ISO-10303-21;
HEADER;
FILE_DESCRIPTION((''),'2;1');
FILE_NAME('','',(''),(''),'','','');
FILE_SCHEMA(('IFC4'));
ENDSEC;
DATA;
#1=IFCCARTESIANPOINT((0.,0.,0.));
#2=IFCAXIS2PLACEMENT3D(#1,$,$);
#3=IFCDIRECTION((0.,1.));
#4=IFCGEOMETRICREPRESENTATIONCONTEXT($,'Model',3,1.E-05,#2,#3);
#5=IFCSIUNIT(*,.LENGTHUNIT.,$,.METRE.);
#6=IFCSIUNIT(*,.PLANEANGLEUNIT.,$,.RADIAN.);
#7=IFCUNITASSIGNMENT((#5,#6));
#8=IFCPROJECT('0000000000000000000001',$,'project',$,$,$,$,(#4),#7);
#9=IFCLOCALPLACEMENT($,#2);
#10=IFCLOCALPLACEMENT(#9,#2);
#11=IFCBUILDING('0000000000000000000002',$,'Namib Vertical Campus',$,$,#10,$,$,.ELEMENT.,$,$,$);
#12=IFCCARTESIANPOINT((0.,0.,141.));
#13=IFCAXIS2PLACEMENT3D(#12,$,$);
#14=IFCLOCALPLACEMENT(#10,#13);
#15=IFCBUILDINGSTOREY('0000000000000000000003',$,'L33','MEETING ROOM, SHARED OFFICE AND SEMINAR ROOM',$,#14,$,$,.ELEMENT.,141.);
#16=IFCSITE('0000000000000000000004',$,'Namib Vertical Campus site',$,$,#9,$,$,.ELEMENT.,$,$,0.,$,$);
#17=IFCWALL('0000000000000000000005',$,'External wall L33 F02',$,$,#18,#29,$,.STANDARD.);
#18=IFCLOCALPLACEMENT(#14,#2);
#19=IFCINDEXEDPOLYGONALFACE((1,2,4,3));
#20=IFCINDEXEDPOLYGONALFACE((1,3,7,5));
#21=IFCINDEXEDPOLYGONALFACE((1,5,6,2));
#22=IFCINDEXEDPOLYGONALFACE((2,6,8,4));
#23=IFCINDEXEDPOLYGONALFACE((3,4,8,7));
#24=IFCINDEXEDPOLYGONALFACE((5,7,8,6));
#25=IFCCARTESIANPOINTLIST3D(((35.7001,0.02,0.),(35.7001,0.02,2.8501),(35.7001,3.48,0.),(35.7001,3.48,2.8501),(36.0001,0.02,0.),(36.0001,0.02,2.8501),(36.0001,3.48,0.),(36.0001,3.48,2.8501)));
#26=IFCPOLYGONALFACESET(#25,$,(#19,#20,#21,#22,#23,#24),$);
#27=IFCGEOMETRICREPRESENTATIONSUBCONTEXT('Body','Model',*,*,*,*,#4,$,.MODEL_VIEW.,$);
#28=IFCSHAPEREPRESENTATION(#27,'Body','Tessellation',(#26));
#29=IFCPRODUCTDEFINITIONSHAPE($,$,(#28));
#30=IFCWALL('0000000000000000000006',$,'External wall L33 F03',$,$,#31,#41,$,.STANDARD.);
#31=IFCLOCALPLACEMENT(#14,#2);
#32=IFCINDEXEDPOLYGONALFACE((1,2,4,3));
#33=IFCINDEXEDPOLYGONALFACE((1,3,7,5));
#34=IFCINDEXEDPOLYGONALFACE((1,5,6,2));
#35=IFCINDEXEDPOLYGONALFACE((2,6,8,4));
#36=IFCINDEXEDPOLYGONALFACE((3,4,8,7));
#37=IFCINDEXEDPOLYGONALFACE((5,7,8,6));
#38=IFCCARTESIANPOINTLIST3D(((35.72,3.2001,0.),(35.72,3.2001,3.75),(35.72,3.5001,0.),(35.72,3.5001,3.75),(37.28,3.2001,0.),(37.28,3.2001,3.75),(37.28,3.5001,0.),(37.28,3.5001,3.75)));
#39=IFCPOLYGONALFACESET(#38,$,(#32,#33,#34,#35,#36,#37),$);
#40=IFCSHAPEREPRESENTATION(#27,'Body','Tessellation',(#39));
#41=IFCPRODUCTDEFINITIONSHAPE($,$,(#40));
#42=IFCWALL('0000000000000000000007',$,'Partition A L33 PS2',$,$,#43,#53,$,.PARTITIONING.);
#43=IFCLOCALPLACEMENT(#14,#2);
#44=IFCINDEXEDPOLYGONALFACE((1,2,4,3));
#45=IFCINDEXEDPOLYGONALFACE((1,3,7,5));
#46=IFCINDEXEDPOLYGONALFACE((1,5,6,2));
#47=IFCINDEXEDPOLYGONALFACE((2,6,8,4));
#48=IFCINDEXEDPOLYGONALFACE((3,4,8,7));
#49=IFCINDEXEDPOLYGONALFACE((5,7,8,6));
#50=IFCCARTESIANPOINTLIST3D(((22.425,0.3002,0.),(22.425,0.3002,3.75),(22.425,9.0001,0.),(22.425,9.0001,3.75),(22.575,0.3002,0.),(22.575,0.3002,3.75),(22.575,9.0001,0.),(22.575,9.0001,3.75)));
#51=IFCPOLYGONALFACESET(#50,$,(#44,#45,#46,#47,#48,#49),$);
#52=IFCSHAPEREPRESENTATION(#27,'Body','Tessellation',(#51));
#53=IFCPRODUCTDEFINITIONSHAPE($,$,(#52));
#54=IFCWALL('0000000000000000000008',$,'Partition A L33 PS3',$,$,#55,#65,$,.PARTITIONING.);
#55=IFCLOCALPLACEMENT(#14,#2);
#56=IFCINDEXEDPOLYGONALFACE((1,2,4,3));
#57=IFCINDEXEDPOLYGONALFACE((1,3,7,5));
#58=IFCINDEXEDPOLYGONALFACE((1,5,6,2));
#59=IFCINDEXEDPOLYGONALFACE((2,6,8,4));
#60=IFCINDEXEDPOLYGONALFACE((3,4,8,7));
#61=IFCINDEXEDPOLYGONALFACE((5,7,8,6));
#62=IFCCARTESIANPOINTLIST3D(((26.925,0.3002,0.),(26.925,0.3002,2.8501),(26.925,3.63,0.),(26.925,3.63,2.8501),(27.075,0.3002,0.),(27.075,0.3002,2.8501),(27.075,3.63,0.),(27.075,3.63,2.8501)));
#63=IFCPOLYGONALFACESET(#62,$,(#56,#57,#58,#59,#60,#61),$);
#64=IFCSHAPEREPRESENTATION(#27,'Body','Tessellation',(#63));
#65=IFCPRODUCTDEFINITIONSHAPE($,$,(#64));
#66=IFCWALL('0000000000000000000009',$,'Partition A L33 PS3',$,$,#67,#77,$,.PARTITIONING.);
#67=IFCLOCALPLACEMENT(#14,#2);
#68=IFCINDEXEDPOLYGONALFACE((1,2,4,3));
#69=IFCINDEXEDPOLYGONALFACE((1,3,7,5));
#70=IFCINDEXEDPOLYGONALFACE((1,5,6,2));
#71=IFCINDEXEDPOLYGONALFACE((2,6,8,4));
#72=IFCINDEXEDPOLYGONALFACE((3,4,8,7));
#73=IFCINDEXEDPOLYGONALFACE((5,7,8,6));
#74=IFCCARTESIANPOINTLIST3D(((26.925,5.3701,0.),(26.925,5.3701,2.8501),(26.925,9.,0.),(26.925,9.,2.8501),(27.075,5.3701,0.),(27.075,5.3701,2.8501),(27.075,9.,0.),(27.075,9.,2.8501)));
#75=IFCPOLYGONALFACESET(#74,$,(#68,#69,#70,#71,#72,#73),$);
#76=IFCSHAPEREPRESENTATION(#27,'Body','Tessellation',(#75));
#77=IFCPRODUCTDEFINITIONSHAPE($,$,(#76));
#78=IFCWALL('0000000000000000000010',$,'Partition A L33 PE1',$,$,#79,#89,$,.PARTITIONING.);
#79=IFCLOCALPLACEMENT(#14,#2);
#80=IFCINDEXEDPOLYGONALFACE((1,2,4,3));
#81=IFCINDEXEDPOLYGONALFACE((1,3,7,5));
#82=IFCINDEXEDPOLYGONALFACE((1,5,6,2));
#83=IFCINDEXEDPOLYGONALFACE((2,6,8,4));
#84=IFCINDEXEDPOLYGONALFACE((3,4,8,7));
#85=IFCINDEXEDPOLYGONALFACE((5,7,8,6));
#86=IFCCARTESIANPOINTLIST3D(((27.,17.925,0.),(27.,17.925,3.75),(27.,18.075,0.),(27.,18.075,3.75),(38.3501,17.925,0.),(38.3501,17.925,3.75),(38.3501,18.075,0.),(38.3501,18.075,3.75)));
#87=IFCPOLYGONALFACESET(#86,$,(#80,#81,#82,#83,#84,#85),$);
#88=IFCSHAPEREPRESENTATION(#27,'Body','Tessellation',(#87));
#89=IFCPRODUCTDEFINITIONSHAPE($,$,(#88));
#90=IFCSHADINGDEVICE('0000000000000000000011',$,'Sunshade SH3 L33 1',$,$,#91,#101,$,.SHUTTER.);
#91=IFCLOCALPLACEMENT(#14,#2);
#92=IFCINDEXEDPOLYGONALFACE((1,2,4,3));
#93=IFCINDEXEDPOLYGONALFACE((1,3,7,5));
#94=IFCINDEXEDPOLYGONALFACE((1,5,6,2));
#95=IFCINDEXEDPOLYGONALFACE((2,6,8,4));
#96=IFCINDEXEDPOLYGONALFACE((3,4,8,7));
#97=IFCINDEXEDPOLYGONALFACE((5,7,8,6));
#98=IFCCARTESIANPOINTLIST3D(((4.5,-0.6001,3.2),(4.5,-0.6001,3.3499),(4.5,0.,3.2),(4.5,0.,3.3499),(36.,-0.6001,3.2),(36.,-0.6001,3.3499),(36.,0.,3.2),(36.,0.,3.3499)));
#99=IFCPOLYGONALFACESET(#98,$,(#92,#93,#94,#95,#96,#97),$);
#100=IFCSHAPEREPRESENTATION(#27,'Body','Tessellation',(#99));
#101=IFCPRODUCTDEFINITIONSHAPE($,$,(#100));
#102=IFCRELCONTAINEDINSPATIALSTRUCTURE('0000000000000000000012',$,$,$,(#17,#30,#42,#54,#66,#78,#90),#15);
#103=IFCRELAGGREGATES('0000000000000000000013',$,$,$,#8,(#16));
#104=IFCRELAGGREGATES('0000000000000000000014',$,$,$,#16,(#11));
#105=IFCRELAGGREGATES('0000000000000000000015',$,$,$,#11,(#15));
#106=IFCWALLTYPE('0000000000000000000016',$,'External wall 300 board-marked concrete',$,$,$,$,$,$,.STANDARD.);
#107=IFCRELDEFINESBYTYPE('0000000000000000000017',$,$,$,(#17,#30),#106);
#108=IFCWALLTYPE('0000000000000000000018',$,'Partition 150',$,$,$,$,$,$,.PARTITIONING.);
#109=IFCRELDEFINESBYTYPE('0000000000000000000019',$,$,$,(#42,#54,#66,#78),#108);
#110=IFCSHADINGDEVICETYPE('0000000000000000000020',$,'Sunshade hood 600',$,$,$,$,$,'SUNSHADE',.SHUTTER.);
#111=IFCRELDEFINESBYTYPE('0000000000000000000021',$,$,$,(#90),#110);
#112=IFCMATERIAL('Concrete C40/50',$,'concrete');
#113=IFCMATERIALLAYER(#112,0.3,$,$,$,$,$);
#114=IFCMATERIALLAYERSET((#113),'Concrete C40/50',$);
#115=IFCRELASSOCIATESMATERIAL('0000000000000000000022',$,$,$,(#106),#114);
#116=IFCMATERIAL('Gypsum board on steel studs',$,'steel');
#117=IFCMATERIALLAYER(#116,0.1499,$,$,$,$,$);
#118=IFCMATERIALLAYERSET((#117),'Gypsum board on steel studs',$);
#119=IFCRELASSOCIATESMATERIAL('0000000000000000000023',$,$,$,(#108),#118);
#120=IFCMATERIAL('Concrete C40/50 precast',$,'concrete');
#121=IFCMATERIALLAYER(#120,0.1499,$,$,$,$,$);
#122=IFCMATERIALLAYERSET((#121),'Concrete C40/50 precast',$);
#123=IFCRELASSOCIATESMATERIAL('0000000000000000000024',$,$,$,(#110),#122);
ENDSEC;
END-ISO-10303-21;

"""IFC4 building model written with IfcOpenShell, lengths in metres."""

from ifc_helpers import new_model, si_unit, direction, frame, frame_2d, origin, origin_2d, place, context, subcontext, project, spatial, rectangle, extrude, material, layer, layer_set, type_object, element, save


model = new_model("IFC4")

# Units and contexts
model_context = context("Model", 3, precision=1e-05, world=origin(), true_north=direction((0.0, 1.0)))
body_context = subcontext(model_context, "Body", "Model", "MODEL_VIEW")
ifc_project = project(units=[si_unit("LENGTHUNIT", "METRE"), si_unit("PLANEANGLEUNIT", "RADIAN")], contexts=[model_context])

# Site, building, storey
site_placement = place(None, origin())
site = spatial("IfcSite", under=ifc_project, at=site_placement, Name="Namib Vertical Campus site", CompositionType="ELEMENT", RefElevation=0.0)
building_placement = place(site_placement, origin())
building = spatial("IfcBuilding", under=site, at=building_placement, Name="Namib Vertical Campus", CompositionType="ELEMENT")
storey_placement = place(building_placement, frame((0.0, 0.0, 141.0)))
storey = spatial("IfcBuildingStorey", under=building, at=storey_placement, Name="L33", Description="MEETING ROOM, SHARED OFFICE AND SEMINAR ROOM", CompositionType="ELEMENT", Elevation=141.0)

# Walls
ifc_material_1 = material(Name="Concrete C40/50", Category="concrete")
ifc_layer_1 = layer(ifc_material_1, 0.3)
ifc_layer_set_1 = layer_set([ifc_layer_1], Name="Concrete C40/50")
wall_type_1 = type_object("IfcWallType", Name="External wall 300 board-marked concrete", PredefinedType="STANDARD", material=ifc_layer_set_1)
wall_1_placement = place(storey_placement, frame((35.8501, 0.02, 0.0), z_axis=(0.0, 0.0, 1.0), x_axis=(0.0, 1.0, 0.0)))
element("IfcWall", 1, at=wall_1_placement, inside=storey, type_object=wall_type_1, Name="External wall L33 F02", PredefinedType="STANDARD", context=body_context, shape_type="SweptSolid", body=[
    extrude(rectangle(XDim=3.46, YDim=0.3, at=frame_2d((1.73, 0.0))), origin(), (0.0, 0.0, 1.0), 2.8501),
])
wall_2_placement = place(storey_placement, frame((35.72, 3.3501, 0.0), z_axis=(0.0, 0.0, 1.0), x_axis=(1.0, 0.0, 0.0)))
element("IfcWall", 2, at=wall_2_placement, inside=storey, type_object=wall_type_1, Name="External wall L33 F03", PredefinedType="STANDARD", context=body_context, shape_type="SweptSolid", body=[
    extrude(rectangle(XDim=1.5601, YDim=0.3, at=frame_2d((0.78, 0.0))), origin(), (0.0, 0.0, 1.0), 3.75),
])
ifc_material_2 = material(Name="Gypsum board on steel studs", Category="steel")
ifc_layer_2 = layer(ifc_material_2, 0.1499)
ifc_layer_set_2 = layer_set([ifc_layer_2], Name="Gypsum board on steel studs")
wall_type_2 = type_object("IfcWallType", Name="Partition 150", PredefinedType="PARTITIONING", material=ifc_layer_set_2)
wall_3_placement = place(storey_placement, frame((22.5, 0.3, 0.0), z_axis=(0.0, 0.0, 1.0), x_axis=(0.0, 1.0, 0.0)))
element("IfcWall", 3, at=wall_3_placement, inside=storey, type_object=wall_type_2, Name="Partition A L33 PS2", PredefinedType="PARTITIONING", context=body_context, shape_type="SweptSolid", body=[
    extrude(rectangle(XDim=8.7, YDim=0.1499, at=frame_2d((4.3501, 0.0))), origin(), (0.0, 0.0, 1.0), 3.75),
])
wall_4_placement = place(storey_placement, frame((27.0, 0.3, 0.0), z_axis=(0.0, 0.0, 1.0), x_axis=(0.0, 1.0, 0.0)))
element("IfcWall", 4, at=wall_4_placement, inside=storey, type_object=wall_type_2, Name="Partition A L33 PS3", PredefinedType="PARTITIONING", context=body_context, shape_type="SweptSolid", body=[
    extrude(rectangle(XDim=3.3298, YDim=0.1499, at=frame_2d((1.665, 0.0))), origin(), (0.0, 0.0, 1.0), 2.8501),
])
wall_5_placement = place(storey_placement, frame((27.0, 5.3701, 0.0), z_axis=(0.0, 0.0, 1.0), x_axis=(0.0, 1.0, 0.0)))
element("IfcWall", 5, at=wall_5_placement, inside=storey, type_object=wall_type_2, Name="Partition A L33 PS3", PredefinedType="PARTITIONING", context=body_context, shape_type="SweptSolid", body=[
    extrude(rectangle(XDim=3.6299, YDim=0.1499, at=frame_2d((1.8149, 0.0))), origin(), (0.0, 0.0, 1.0), 2.8501),
])
wall_6_placement = place(storey_placement, frame((27.0, 18.0, 0.0), z_axis=(0.0, 0.0, 1.0), x_axis=(1.0, 0.0, 0.0)))
element("IfcWall", 6, at=wall_6_placement, inside=storey, type_object=wall_type_2, Name="Partition A L33 PE1", PredefinedType="PARTITIONING", context=body_context, shape_type="SweptSolid", body=[
    extrude(rectangle(XDim=11.3501, YDim=0.1499, at=frame_2d((5.675, 0.0))), origin(), (0.0, 0.0, 1.0), 3.75),
])

# Shading device
ifc_material_3 = material(Name="Concrete C40/50 precast", Category="concrete")
ifc_layer_3 = layer(ifc_material_3, 0.1499)
ifc_layer_set_3 = layer_set([ifc_layer_3], Name="Concrete C40/50 precast")
shading_device_type = type_object("IfcShadingDeviceType", Name="Sunshade hood 600", ElementType="SUNSHADE", PredefinedType="SHUTTER", material=ifc_layer_set_3)
shading_device_placement = place(storey_placement, frame((20.25, -0.3, 3.2), z_axis=(0.0, 0.0, 1.0), x_axis=(1.0, 0.0, 0.0)))
element("IfcShadingDevice", 7, at=shading_device_placement, inside=storey, type_object=shading_device_type, Name="Sunshade SH3 L33 1", PredefinedType="SHUTTER", context=body_context, shape_type="SweptSolid", body=[
    extrude(rectangle(XDim=31.5, YDim=0.6001, at=origin_2d()), origin(), (0.0, 0.0, 1.0), 0.1499),
])

save(model, "model.ifc")
